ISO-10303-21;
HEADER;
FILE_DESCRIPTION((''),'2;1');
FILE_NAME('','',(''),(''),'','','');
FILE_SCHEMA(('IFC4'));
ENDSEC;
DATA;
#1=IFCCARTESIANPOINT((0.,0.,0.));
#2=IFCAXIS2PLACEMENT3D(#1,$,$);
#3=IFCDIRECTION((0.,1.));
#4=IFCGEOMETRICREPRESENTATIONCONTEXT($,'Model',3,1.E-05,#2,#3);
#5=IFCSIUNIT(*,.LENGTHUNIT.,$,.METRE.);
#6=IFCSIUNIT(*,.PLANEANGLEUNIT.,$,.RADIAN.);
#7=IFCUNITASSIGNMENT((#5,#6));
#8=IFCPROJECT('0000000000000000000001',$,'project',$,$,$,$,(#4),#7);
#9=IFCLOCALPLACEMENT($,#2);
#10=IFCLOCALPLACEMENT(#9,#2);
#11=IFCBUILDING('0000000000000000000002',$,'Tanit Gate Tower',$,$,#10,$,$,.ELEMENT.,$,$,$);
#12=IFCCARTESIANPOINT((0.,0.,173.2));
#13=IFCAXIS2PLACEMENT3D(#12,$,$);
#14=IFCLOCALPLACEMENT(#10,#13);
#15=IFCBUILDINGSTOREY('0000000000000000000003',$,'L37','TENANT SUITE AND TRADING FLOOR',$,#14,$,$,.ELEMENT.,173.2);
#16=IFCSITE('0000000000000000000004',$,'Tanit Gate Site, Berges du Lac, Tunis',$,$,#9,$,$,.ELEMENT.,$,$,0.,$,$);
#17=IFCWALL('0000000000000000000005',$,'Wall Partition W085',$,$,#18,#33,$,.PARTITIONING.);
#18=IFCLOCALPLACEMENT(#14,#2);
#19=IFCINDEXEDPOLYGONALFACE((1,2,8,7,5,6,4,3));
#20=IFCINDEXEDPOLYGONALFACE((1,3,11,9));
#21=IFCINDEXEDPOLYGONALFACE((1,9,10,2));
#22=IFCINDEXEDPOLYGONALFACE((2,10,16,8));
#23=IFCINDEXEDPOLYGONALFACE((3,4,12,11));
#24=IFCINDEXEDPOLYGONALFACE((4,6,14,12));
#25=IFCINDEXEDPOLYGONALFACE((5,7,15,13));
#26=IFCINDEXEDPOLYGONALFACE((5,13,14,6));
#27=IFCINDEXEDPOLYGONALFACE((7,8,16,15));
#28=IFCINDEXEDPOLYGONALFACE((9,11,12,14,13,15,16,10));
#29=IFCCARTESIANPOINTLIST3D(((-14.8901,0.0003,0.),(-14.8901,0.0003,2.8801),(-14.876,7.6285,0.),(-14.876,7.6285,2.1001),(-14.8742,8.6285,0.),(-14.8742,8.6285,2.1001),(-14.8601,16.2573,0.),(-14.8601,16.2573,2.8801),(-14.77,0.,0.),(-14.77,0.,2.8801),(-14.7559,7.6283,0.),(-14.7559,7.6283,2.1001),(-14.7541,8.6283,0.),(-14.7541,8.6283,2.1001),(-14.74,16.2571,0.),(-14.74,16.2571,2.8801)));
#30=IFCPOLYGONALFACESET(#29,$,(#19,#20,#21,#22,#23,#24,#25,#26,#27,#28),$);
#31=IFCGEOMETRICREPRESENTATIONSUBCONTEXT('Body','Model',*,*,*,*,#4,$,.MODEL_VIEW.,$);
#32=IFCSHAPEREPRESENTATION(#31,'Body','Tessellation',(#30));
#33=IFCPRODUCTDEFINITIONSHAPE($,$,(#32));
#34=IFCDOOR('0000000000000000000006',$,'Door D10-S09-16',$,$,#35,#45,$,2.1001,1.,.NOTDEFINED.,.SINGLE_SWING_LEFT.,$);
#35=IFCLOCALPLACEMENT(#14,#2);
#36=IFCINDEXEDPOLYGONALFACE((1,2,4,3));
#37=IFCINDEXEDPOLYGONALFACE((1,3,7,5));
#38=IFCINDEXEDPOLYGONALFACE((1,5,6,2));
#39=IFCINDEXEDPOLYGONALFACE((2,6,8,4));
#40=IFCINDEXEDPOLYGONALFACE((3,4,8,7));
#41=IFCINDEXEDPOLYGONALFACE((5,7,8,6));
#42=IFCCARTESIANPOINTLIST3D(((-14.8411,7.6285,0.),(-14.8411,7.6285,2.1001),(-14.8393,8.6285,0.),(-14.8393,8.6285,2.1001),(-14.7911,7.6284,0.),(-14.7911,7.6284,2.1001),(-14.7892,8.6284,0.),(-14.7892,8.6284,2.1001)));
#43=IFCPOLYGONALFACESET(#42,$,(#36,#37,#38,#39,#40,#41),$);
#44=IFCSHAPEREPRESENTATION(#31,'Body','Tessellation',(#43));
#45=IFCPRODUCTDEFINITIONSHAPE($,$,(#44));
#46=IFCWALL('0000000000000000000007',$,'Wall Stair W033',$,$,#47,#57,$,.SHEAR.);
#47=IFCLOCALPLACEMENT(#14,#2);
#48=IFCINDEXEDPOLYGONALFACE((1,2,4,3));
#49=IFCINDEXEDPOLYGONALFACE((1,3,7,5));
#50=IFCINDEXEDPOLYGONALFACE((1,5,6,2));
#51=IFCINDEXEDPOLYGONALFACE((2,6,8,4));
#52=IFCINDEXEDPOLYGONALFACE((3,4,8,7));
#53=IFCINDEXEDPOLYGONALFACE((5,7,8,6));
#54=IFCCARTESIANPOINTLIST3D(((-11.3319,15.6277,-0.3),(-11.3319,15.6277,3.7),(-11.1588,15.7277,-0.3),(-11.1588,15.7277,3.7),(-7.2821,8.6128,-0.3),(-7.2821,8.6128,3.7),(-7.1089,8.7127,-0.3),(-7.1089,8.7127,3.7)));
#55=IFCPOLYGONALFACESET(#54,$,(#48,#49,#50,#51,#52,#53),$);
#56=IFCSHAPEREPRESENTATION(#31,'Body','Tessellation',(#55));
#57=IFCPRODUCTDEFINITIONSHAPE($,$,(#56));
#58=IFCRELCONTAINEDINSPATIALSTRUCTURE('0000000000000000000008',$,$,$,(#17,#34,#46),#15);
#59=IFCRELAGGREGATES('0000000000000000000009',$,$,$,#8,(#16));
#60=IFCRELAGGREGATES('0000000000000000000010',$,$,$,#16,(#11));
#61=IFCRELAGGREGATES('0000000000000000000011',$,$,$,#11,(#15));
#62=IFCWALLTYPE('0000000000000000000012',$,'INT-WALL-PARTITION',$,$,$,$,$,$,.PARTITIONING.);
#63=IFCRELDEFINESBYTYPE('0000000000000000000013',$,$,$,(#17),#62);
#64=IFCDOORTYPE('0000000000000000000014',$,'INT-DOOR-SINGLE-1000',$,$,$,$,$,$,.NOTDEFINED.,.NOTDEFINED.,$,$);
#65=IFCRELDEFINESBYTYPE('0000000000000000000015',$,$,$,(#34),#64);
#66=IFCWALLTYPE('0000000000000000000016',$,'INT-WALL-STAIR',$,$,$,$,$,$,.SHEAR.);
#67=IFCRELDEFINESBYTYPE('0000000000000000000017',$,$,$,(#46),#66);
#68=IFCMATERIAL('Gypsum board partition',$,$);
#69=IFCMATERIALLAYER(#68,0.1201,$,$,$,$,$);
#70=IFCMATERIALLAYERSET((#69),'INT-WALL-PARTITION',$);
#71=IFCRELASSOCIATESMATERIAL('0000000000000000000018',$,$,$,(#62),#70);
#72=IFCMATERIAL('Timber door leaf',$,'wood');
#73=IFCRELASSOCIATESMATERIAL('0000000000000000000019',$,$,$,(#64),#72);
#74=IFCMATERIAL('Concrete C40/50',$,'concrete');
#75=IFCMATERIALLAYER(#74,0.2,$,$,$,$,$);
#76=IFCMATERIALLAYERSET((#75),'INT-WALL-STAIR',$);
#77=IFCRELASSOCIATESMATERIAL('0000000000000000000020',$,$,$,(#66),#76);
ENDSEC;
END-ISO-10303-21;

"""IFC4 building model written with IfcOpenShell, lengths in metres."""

from ifc_helpers import new_model, si_unit, direction, frame, frame_2d, origin, place, context, subcontext, project, spatial, rectangle, extrude, material, layer, layer_set, type_object, element, fill, save


model = new_model("IFC4")

# Units and contexts
model_context = context("Model", 3, precision=1e-05, world=origin(), true_north=direction((0.0, 1.0)))
body_context = subcontext(model_context, "Body", "Model", "MODEL_VIEW")
ifc_project = project(units=[si_unit("LENGTHUNIT", "METRE"), si_unit("PLANEANGLEUNIT", "RADIAN")], contexts=[model_context])

# Site, building, storey
site_placement = place(None, origin())
site = spatial("IfcSite", under=ifc_project, at=site_placement, Name="Tanit Gate Site, Berges du Lac, Tunis", CompositionType="ELEMENT", RefElevation=0.0)
building_placement = place(site_placement, origin())
building = spatial("IfcBuilding", under=site, at=building_placement, Name="Tanit Gate Tower", CompositionType="ELEMENT")
storey_placement = place(building_placement, frame((0.0, 0.0, 173.2)))
storey = spatial("IfcBuildingStorey", under=building, at=storey_placement, Name="L37", Description="TENANT SUITE AND TRADING FLOOR", CompositionType="ELEMENT", Elevation=173.2)

# Wall, opening, door
ifc_material_1 = material(Name="Gypsum board partition")
ifc_layer_1 = layer(ifc_material_1, 0.1201)
ifc_layer_set_1 = layer_set([ifc_layer_1], Name="INT-WALL-PARTITION")
wall_type_1 = type_object("IfcWallType", Name="INT-WALL-PARTITION", PredefinedType="PARTITIONING", material=ifc_layer_set_1)
wall_1_placement = place(storey_placement, frame((-14.8, 16.2571, 0.0), z_axis=(0.0, 0.0, 1.0), x_axis=(-0.001847, -0.999998, 0.0)))
wall_1 = element("IfcWall", 1, at=wall_1_placement, inside=storey, type_object=wall_type_1, Name="Wall Partition W085", PredefinedType="PARTITIONING", context=body_context, shape_type="SweptSolid", body=[
    extrude(rectangle(XDim=16.2571, YDim=0.1201, at=frame_2d((8.1284, 0.0))), origin(), (0.0, 0.0, 1.0), 2.8801),
])
opening_1_placement = place(wall_1_placement, frame((7.6287, 0.0, 0.0)))
opening_1 = element("IfcOpeningElement", 2, at=opening_1_placement, cuts=wall_1, PredefinedType="OPENING", context=body_context, shape_type="SweptSolid", body=[
    extrude(rectangle(XDim=1.0, YDim=2.1001, at=frame_2d((0.5, 1.05))), frame((0.0, 0.0701, 0.0), z_axis=(0.0, -1.0, 0.0), x_axis=(1.0, 0.0, 0.0)), (0.0, 0.0, 1.0), 0.1401),
])
ifc_material_2 = material(Name="Timber door leaf", Category="wood")
door_type_1 = type_object("IfcDoorType", Name="INT-DOOR-SINGLE-1000", OperationType="NOTDEFINED", PredefinedType="NOTDEFINED", material=ifc_material_2)
door_1_placement = place(opening_1_placement, origin())
door_1 = element("IfcDoor", 3, at=door_1_placement, inside=storey, type_object=door_type_1, Name="Door D10-S09-16", OperationType="SINGLE_SWING_LEFT", OverallHeight=2.1001, OverallWidth=1.0, PredefinedType="NOTDEFINED", context=body_context, shape_type="SweptSolid", body=[
    extrude(rectangle(XDim=1.0, YDim=2.1001, at=frame_2d((0.5, 1.05))), frame((0.0, 0.0249, 0.0), z_axis=(0.0, -1.0, 0.0), x_axis=(1.0, 0.0, 0.0)), (0.0, 0.0, 1.0), 0.05),
])
fill(opening_1, door_1)

# Wall
ifc_material_3 = material(Name="Concrete C40/50", Category="concrete")
ifc_layer_2 = layer(ifc_material_3, 0.2)
ifc_layer_set_2 = layer_set([ifc_layer_2], Name="INT-WALL-STAIR")
wall_type_2 = type_object("IfcWallType", Name="INT-WALL-STAIR", PredefinedType="SHEAR", material=ifc_layer_set_2)
wall_2_placement = place(storey_placement, frame((-11.2454, 15.6777, -0.3), z_axis=(0.0, 0.0, 1.0), x_axis=(0.499977, -0.866039, 0.0)))
element("IfcWall", 4, at=wall_2_placement, inside=storey, type_object=wall_type_2, Name="Wall Stair W033", PredefinedType="SHEAR", context=body_context, shape_type="SweptSolid", body=[
    extrude(rectangle(XDim=8.1001, YDim=0.2, at=frame_2d((4.05, 0.0))), origin(), (0.0, 0.0, 1.0), 4.0),
])

save(model, "model.ifc")
